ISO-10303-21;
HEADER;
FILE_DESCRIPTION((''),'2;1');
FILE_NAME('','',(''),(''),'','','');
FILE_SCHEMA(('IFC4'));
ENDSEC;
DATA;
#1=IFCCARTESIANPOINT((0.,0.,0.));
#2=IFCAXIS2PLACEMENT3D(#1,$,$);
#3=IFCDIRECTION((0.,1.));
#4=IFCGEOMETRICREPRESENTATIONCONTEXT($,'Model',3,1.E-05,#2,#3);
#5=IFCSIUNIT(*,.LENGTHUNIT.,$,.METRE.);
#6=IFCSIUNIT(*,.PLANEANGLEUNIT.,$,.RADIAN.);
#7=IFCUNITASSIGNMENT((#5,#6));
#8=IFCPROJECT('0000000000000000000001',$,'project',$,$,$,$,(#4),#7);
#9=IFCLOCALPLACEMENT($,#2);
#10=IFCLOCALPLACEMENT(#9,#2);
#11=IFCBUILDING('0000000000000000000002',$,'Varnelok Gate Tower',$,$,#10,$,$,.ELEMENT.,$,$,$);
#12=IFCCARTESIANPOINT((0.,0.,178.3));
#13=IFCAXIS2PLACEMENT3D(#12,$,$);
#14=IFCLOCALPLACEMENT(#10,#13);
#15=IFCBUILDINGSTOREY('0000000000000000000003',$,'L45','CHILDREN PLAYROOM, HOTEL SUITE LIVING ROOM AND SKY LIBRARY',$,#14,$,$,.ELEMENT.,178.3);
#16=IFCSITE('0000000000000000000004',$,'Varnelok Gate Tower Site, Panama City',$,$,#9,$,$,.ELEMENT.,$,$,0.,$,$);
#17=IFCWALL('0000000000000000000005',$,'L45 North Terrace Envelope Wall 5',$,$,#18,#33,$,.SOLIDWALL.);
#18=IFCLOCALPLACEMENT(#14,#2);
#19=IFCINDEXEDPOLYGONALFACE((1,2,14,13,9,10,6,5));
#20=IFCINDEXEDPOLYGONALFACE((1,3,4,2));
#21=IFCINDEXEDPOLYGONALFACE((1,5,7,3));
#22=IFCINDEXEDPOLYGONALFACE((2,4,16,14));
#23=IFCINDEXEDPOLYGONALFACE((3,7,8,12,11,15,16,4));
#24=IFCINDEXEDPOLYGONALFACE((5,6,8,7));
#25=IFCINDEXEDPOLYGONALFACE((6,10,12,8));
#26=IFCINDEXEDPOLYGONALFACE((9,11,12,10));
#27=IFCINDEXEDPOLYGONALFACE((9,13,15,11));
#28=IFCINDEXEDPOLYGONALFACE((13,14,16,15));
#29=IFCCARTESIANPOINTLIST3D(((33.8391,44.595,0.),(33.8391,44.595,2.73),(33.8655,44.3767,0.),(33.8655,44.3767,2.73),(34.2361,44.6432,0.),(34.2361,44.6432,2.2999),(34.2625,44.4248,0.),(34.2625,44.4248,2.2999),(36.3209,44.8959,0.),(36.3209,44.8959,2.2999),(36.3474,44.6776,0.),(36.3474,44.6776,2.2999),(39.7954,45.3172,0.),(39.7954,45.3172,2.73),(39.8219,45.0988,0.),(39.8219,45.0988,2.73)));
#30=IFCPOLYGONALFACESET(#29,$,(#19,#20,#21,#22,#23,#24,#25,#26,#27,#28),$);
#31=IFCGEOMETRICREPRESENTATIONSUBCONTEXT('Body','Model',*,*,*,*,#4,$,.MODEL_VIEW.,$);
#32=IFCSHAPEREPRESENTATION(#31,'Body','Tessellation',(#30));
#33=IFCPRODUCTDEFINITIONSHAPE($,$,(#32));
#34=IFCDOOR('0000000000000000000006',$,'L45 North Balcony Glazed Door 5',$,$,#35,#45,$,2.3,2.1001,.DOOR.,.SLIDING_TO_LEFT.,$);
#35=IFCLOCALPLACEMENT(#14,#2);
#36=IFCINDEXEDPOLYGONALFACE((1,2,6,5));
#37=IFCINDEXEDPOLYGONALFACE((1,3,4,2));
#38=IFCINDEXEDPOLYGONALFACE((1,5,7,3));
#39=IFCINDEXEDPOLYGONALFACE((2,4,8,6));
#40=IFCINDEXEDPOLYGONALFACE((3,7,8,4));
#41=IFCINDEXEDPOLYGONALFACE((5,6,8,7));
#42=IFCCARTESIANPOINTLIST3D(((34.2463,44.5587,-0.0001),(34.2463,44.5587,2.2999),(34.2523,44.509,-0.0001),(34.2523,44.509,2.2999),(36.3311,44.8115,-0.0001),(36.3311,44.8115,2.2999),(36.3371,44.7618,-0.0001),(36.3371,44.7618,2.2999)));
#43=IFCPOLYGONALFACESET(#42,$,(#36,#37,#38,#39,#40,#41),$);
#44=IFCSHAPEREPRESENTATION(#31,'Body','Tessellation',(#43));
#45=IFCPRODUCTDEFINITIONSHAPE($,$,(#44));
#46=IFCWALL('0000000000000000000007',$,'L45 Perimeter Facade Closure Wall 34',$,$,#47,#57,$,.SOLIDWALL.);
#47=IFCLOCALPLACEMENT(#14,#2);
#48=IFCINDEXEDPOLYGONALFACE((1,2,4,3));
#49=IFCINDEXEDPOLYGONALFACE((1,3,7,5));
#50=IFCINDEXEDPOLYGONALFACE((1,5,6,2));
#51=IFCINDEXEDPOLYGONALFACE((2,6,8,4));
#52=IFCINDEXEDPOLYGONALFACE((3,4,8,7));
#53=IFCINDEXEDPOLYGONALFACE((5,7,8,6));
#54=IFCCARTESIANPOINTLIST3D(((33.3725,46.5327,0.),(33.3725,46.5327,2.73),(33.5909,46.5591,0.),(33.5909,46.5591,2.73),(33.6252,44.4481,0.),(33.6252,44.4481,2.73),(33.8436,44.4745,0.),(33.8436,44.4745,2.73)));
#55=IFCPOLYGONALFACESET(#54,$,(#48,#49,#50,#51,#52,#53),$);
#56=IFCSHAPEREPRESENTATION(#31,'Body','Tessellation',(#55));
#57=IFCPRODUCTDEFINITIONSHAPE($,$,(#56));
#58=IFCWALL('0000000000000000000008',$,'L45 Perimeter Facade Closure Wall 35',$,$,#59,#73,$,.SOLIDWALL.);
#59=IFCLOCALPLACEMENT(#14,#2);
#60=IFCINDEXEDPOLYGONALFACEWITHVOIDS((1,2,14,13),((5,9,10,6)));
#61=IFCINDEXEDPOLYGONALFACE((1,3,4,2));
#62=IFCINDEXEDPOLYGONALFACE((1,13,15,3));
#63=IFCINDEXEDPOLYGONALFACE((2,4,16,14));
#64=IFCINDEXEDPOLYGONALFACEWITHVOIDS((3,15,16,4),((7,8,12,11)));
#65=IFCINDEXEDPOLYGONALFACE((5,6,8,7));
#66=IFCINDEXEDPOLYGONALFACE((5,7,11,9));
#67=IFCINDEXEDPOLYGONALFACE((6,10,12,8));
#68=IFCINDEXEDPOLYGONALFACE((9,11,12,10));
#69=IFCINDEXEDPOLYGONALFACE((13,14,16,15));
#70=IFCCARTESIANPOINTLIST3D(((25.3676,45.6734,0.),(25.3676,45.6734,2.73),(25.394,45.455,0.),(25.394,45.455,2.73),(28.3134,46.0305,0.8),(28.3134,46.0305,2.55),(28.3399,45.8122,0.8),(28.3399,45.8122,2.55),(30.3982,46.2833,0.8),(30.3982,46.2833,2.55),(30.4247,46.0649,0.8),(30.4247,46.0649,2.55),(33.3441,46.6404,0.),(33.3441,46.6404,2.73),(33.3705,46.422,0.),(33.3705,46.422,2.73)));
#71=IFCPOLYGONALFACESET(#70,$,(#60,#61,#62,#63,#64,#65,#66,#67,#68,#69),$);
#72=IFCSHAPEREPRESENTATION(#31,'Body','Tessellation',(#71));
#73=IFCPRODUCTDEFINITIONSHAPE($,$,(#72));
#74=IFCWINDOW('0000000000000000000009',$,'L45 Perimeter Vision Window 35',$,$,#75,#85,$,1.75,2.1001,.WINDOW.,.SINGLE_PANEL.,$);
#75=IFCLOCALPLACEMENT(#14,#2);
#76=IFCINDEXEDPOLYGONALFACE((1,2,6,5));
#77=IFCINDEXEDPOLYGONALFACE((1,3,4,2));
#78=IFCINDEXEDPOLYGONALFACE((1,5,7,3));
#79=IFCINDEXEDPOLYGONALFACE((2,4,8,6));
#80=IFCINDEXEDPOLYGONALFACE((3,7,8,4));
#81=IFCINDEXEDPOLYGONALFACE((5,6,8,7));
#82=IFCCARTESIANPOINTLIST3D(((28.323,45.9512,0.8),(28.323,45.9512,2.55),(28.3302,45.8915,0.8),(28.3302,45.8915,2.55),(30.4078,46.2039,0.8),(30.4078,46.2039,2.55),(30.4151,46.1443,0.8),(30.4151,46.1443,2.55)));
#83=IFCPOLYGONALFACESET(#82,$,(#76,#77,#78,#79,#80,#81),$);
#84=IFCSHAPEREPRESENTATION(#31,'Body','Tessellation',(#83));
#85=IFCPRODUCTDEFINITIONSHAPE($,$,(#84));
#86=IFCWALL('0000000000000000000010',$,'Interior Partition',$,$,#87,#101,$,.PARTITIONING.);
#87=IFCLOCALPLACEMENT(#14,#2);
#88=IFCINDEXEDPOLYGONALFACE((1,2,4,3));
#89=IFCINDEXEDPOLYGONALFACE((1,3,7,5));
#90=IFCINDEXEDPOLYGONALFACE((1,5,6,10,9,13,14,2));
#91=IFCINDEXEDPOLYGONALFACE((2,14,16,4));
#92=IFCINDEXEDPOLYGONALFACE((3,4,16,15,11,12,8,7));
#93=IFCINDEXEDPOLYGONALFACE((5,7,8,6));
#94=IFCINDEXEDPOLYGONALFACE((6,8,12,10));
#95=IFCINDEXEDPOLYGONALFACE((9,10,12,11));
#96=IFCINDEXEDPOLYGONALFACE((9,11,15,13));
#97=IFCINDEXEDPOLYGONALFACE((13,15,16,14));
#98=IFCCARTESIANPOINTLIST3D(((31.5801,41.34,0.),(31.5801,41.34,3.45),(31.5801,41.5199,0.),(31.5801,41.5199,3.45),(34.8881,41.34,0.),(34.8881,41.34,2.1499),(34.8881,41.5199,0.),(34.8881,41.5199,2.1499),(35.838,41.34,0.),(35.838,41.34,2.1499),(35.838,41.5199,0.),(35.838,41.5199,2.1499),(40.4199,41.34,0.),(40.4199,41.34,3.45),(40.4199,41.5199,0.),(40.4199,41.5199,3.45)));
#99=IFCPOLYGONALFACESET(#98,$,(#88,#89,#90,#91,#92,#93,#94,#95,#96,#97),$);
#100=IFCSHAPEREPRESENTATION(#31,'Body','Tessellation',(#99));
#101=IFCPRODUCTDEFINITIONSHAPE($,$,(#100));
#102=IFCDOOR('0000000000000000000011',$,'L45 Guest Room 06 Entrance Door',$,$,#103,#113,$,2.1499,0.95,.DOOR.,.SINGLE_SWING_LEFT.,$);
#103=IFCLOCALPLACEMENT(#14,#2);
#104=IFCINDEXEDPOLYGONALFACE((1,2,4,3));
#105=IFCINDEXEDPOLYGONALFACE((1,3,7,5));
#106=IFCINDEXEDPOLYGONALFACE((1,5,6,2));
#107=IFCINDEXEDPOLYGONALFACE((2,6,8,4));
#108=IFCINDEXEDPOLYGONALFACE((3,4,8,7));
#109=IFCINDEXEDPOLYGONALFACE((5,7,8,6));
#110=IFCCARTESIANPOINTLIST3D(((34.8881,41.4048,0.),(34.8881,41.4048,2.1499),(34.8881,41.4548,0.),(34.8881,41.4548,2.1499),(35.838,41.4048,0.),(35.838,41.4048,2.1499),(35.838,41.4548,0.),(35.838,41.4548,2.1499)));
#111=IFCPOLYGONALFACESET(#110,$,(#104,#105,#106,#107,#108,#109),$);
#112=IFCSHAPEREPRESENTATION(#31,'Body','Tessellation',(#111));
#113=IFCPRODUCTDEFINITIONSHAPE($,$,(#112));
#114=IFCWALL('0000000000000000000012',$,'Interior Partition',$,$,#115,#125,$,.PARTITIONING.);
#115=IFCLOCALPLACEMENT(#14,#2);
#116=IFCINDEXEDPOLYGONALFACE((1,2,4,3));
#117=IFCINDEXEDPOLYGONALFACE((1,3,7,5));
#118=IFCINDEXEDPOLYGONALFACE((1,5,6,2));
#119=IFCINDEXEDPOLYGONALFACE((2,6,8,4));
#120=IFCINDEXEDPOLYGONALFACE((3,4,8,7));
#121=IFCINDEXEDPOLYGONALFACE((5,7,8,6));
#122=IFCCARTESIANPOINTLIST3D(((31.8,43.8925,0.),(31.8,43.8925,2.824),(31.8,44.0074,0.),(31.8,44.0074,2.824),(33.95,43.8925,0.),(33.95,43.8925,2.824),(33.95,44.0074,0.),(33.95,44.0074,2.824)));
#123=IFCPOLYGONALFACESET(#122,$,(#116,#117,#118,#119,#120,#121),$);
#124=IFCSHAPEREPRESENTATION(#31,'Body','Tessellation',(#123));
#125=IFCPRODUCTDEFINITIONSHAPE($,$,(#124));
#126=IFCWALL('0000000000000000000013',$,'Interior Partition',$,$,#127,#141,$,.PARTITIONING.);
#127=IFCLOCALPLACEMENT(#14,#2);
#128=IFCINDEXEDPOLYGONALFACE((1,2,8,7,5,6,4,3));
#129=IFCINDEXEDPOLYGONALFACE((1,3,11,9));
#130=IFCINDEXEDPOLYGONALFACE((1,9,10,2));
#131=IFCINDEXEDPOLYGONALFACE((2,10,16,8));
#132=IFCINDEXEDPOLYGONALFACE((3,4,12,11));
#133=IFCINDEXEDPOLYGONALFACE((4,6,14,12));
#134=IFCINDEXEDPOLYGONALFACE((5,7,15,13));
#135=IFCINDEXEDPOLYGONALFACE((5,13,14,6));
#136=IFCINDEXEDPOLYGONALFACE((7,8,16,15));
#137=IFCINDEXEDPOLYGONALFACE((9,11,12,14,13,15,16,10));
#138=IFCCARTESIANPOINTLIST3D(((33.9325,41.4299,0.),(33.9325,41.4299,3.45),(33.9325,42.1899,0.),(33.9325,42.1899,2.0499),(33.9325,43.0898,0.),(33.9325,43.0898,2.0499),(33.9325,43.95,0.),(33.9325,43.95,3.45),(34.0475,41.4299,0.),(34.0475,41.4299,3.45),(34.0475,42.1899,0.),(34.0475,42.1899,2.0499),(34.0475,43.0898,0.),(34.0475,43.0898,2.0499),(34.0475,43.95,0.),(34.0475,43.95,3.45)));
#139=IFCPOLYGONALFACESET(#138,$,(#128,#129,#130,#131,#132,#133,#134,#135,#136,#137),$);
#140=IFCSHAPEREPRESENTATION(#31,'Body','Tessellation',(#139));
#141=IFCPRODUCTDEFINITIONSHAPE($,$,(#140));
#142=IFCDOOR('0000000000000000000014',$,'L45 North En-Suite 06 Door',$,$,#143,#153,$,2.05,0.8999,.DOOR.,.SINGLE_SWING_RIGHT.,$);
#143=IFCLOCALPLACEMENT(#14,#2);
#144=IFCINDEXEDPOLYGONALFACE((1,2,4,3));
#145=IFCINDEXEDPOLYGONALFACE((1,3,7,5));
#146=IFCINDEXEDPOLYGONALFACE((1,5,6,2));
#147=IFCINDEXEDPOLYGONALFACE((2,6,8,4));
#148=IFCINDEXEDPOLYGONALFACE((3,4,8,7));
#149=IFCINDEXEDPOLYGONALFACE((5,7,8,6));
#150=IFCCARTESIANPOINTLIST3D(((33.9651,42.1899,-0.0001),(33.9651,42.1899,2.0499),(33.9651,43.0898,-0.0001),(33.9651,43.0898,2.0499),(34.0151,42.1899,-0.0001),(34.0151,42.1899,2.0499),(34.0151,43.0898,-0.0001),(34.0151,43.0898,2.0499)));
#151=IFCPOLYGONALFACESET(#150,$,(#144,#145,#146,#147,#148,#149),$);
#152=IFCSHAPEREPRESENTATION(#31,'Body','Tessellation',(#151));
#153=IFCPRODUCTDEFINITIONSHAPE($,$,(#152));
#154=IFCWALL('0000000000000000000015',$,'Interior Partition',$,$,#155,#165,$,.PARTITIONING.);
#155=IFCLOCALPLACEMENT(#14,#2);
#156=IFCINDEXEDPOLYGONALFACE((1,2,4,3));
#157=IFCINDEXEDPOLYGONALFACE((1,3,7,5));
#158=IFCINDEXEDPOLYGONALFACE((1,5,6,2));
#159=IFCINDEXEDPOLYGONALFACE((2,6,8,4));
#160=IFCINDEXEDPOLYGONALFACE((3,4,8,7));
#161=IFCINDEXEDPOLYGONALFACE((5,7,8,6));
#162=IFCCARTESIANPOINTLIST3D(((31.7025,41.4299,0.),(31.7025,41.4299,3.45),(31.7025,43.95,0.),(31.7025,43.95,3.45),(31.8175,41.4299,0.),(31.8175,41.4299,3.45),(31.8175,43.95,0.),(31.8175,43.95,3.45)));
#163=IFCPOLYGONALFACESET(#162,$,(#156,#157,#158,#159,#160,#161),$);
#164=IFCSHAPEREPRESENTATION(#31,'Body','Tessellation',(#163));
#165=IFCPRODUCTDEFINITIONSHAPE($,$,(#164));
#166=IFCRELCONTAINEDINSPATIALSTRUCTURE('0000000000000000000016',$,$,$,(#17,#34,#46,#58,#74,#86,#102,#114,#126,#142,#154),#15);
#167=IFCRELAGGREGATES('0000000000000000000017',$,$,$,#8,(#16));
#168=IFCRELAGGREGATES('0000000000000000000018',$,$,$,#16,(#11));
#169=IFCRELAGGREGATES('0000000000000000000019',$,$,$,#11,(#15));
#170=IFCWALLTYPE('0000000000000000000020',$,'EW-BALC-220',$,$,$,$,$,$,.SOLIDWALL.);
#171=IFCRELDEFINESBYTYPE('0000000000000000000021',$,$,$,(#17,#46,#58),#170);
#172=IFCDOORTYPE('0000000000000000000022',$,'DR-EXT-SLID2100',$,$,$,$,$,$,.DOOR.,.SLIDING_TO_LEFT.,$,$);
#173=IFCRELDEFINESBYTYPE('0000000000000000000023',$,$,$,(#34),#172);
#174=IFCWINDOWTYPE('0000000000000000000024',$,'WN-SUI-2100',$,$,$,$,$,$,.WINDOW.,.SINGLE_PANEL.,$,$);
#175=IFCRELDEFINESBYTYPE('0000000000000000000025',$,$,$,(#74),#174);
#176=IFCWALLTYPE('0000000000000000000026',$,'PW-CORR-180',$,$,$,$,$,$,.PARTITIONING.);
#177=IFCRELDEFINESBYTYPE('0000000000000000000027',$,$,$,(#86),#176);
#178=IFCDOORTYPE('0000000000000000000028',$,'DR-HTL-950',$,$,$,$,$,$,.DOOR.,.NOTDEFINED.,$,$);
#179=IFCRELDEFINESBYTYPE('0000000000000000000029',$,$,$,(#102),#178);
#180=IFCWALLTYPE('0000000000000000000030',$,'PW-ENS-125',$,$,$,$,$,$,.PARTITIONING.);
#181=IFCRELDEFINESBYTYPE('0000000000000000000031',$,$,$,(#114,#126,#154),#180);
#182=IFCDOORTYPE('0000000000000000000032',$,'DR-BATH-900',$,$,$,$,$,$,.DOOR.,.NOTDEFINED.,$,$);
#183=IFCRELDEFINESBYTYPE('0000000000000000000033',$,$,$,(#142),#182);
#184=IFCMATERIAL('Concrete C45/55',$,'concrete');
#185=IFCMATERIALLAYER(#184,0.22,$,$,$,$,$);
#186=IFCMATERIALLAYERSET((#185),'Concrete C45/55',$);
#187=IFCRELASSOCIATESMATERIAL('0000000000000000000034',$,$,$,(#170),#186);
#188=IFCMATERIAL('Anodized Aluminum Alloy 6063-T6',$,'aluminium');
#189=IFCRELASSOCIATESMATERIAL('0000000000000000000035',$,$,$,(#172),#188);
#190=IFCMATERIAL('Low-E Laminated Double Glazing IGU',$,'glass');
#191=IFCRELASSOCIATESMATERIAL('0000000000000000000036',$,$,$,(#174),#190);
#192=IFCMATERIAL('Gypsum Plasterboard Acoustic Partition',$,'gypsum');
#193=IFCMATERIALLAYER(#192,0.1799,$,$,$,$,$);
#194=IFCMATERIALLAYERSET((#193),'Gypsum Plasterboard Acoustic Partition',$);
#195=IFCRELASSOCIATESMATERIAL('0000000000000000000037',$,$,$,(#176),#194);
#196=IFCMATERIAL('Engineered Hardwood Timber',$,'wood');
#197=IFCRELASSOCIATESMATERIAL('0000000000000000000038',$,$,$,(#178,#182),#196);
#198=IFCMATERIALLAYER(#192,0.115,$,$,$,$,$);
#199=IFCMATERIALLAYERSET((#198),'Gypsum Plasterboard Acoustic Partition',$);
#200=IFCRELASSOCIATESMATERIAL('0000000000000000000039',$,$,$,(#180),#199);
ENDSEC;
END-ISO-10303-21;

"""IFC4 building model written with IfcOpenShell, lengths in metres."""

from ifc_helpers import new_model, si_unit, direction, frame, frame_2d, origin, place, context, subcontext, project, spatial, rectangle, extrude, material, layer, layer_set, type_object, element, fill, save


model = new_model("IFC4")

# Units and contexts
model_context = context("Model", 3, precision=1e-05, world=origin(), true_north=direction((0.0, 1.0)))
body_context = subcontext(model_context, "Body", "Model", "MODEL_VIEW")
ifc_project = project(units=[si_unit("LENGTHUNIT", "METRE"), si_unit("PLANEANGLEUNIT", "RADIAN")], contexts=[model_context])

# Site, building, storey
site_placement = place(None, origin())
site = spatial("IfcSite", under=ifc_project, at=site_placement, Name="Varnelok Gate Tower Site, Panama City", CompositionType="ELEMENT", RefElevation=0.0)
building_placement = place(site_placement, origin())
building = spatial("IfcBuilding", under=site, at=building_placement, Name="Varnelok Gate Tower", CompositionType="ELEMENT")
storey_placement = place(building_placement, frame((0.0, 0.0, 178.3)))
storey = spatial("IfcBuildingStorey", under=building, at=storey_placement, Name="L45", Description="CHILDREN PLAYROOM, HOTEL SUITE LIVING ROOM AND SKY LIBRARY", CompositionType="ELEMENT", Elevation=178.3)

# Wall, opening, door
ifc_material_1 = material(Name="Concrete C45/55", Category="concrete")
ifc_layer_1 = layer(ifc_material_1, 0.22)
ifc_layer_set_1 = layer_set([ifc_layer_1], Name="Concrete C45/55")
wall_type_1 = type_object("IfcWallType", Name="EW-BALC-220", PredefinedType="SOLIDWALL", material=ifc_layer_set_1)
wall_1_placement = place(storey_placement, frame((33.8523, 44.4858, 0.0), z_axis=(0.0, 0.0, 1.0), x_axis=(0.99273, 0.120363, 0.0)))
wall_1 = element("IfcWall", 1, at=wall_1_placement, inside=storey, type_object=wall_type_1, Name="L45 North Terrace Envelope Wall 5", PredefinedType="SOLIDWALL", context=body_context, shape_type="SweptSolid", body=[
    extrude(rectangle(XDim=6.0, YDim=0.22, at=frame_2d((3.0, 0.0))), origin(), (0.0, 0.0, 1.0), 2.73),
])
opening_1_placement = place(wall_1_placement, frame((0.3999, 0.0, 0.0)))
opening_1 = element("IfcOpeningElement", 2, at=opening_1_placement, cuts=wall_1, PredefinedType="OPENING", context=body_context, shape_type="SweptSolid", body=[
    extrude(rectangle(XDim=2.1001, YDim=2.3, at=frame_2d((1.05, 1.1499))), frame((0.0, 0.1199, 0.0), z_axis=(0.0, -1.0, 0.0), x_axis=(1.0, 0.0, 0.0)), (0.0, 0.0, 1.0), 0.24),
])
ifc_material_2 = material(Name="Anodized Aluminum Alloy 6063-T6", Category="aluminium")
door_type_1 = type_object("IfcDoorType", Name="DR-EXT-SLID2100", OperationType="SLIDING_TO_LEFT", PredefinedType="DOOR", material=ifc_material_2)
door_1_placement = place(opening_1_placement, origin())
door_1 = element("IfcDoor", 3, at=door_1_placement, inside=storey, type_object=door_type_1, Name="L45 North Balcony Glazed Door 5", OperationType="SLIDING_TO_LEFT", OverallHeight=2.3, OverallWidth=2.1001, PredefinedType="DOOR", context=body_context, shape_type="SweptSolid", body=[
    extrude(rectangle(XDim=2.1001, YDim=2.3, at=frame_2d((1.05, 1.1499))), frame((0.0, 0.0249, 0.0), z_axis=(0.0, -1.0, 0.0), x_axis=(1.0, 0.0, 0.0)), (0.0, 0.0, 1.0), 0.05),
])
fill(opening_1, door_1)

# Wall
wall_2_placement = place(storey_placement, frame((33.7344, 44.4614, 0.0), z_axis=(0.0, 0.0, 1.0), x_axis=(-0.120328, 0.992734, 0.0)))
element("IfcWall", 4, at=wall_2_placement, inside=storey, type_object=wall_type_1, Name="L45 Perimeter Facade Closure Wall 34", PredefinedType="SOLIDWALL", context=body_context, shape_type="SweptSolid", body=[
    extrude(rectangle(XDim=2.0999, YDim=0.22, at=frame_2d((1.0498, 0.0))), origin(), (0.0, 0.0, 1.0), 2.73),
])

# Wall, opening, window
wall_3_placement = place(storey_placement, frame((33.3574, 46.5312, 0.0), z_axis=(0.0, 0.0, 1.0), x_axis=(-0.992731, -0.120354, 0.0)))
wall_3 = element("IfcWall", 5, at=wall_3_placement, inside=storey, type_object=wall_type_1, Name="L45 Perimeter Facade Closure Wall 35", PredefinedType="SOLIDWALL", context=body_context, shape_type="SweptSolid", body=[
    extrude(rectangle(XDim=8.0349, YDim=0.22, at=frame_2d((4.0176, 0.0))), origin(), (0.0, 0.0, 1.0), 2.73),
])
opening_2_placement = place(wall_3_placement, frame((2.9675, 0.0, 0.8)))
opening_2 = element("IfcOpeningElement", 6, at=opening_2_placement, cuts=wall_3, PredefinedType="OPENING", context=body_context, shape_type="SweptSolid", body=[
    extrude(rectangle(XDim=2.1001, YDim=1.75, at=frame_2d((1.05, 0.875))), frame((0.0, 0.1199, 0.0), z_axis=(0.0, -1.0, 0.0), x_axis=(1.0, 0.0, 0.0)), (0.0, 0.0, 1.0), 0.24),
])
ifc_material_3 = material(Name="Low-E Laminated Double Glazing IGU", Category="glass")
window_type = type_object("IfcWindowType", Name="WN-SUI-2100", PartitioningType="SINGLE_PANEL", PredefinedType="WINDOW", material=ifc_material_3)
window_placement = place(opening_2_placement, origin())
window = element("IfcWindow", 7, at=window_placement, inside=storey, type_object=window_type, Name="L45 Perimeter Vision Window 35", OverallHeight=1.75, OverallWidth=2.1001, PartitioningType="SINGLE_PANEL", PredefinedType="WINDOW", context=body_context, shape_type="SweptSolid", body=[
    extrude(rectangle(XDim=2.1001, YDim=1.75, at=frame_2d((1.05, 0.875))), frame((0.0, 0.03, 0.0), z_axis=(0.0, -1.0, 0.0), x_axis=(1.0, 0.0, 0.0)), (0.0, 0.0, 1.0), 0.0601),
])
fill(opening_2, window)

# Wall, opening, door
ifc_material_4 = material(Name="Gypsum Plasterboard Acoustic Partition", Category="gypsum")
ifc_layer_2 = layer(ifc_material_4, 0.1799)
ifc_layer_set_2 = layer_set([ifc_layer_2], Name="Gypsum Plasterboard Acoustic Partition")
wall_type_2 = type_object("IfcWallType", Name="PW-CORR-180", PredefinedType="PARTITIONING", material=ifc_layer_set_2)
wall_4_placement = place(storey_placement, frame((31.5801, 41.4299, 0.0), z_axis=(0.0, 0.0, 1.0), x_axis=(1.0, 0.0, 0.0)))
wall_4 = element("IfcWall", 8, at=wall_4_placement, inside=storey, type_object=wall_type_2, Name="Interior Partition", PredefinedType="PARTITIONING", context=body_context, shape_type="SweptSolid", body=[
    extrude(rectangle(XDim=8.8398, YDim=0.1799, at=frame_2d((4.4199, 0.0))), origin(), (0.0, 0.0, 1.0), 3.45),
])
opening_3_placement = place(wall_4_placement, frame((3.3079, 0.0, 0.0)))
opening_3 = element("IfcOpeningElement", 9, at=opening_3_placement, cuts=wall_4, PredefinedType="OPENING", context=body_context, shape_type="SweptSolid", body=[
    extrude(rectangle(XDim=0.95, YDim=2.1499, at=frame_2d((0.4751, 1.075))), frame((0.0, 0.0999, 0.0), z_axis=(0.0, -1.0, 0.0), x_axis=(1.0, 0.0, 0.0)), (0.0, 0.0, 1.0), 0.2),
])
ifc_material_5 = material(Name="Engineered Hardwood Timber", Category="wood")
door_type_2 = type_object("IfcDoorType", Name="DR-HTL-950", OperationType="NOTDEFINED", PredefinedType="DOOR", material=ifc_material_5)
door_2_placement = place(opening_3_placement, origin())
door_2 = element("IfcDoor", 10, at=door_2_placement, inside=storey, type_object=door_type_2, Name="L45 Guest Room 06 Entrance Door", OperationType="SINGLE_SWING_LEFT", OverallHeight=2.1499, OverallWidth=0.95, PredefinedType="DOOR", context=body_context, shape_type="SweptSolid", body=[
    extrude(rectangle(XDim=0.95, YDim=2.1499, at=frame_2d((0.4751, 1.075))), frame((0.0, 0.0249, 0.0), z_axis=(0.0, -1.0, 0.0), x_axis=(1.0, 0.0, 0.0)), (0.0, 0.0, 1.0), 0.05),
])
fill(opening_3, door_2)

# Wall
ifc_layer_3 = layer(ifc_material_4, 0.115)
ifc_layer_set_3 = layer_set([ifc_layer_3], Name="Gypsum Plasterboard Acoustic Partition")
wall_type_3 = type_object("IfcWallType", Name="PW-ENS-125", PredefinedType="PARTITIONING", material=ifc_layer_set_3)
wall_5_placement = place(storey_placement, frame((31.8, 43.95, 0.0), z_axis=(0.0, 0.0, 1.0), x_axis=(1.0, 0.0, 0.0)))
element("IfcWall", 11, at=wall_5_placement, inside=storey, type_object=wall_type_3, Name="Interior Partition", PredefinedType="PARTITIONING", context=body_context, shape_type="SweptSolid", body=[
    extrude(rectangle(XDim=2.1499, YDim=0.115, at=frame_2d((1.075, 0.0))), origin(), (0.0, 0.0, 1.0), 2.824),
])

# Wall, opening, door
wall_6_placement = place(storey_placement, frame((33.99, 41.4299, 0.0), z_axis=(0.0, 0.0, 1.0), x_axis=(0.0, 1.0, 0.0)))
wall_6 = element("IfcWall", 12, at=wall_6_placement, inside=storey, type_object=wall_type_3, Name="Interior Partition", PredefinedType="PARTITIONING", context=body_context, shape_type="SweptSolid", body=[
    extrude(rectangle(XDim=2.52, YDim=0.115, at=frame_2d((1.26, 0.0))), origin(), (0.0, 0.0, 1.0), 3.45),
])
opening_4_placement = place(wall_6_placement, frame((0.76, 0.0, 0.0)))
opening_4 = element("IfcOpeningElement", 13, at=opening_4_placement, cuts=wall_6, PredefinedType="OPENING", context=body_context, shape_type="SweptSolid", body=[
    extrude(rectangle(XDim=0.8999, YDim=2.05, at=frame_2d((0.45, 1.0249))), frame((0.0, 0.0674, 0.0), z_axis=(0.0, -1.0, 0.0), x_axis=(1.0, 0.0, 0.0)), (0.0, 0.0, 1.0), 0.135),
])
door_type_3 = type_object("IfcDoorType", Name="DR-BATH-900", OperationType="NOTDEFINED", PredefinedType="DOOR", material=ifc_material_5)
door_3_placement = place(opening_4_placement, origin())
door_3 = element("IfcDoor", 14, at=door_3_placement, inside=storey, type_object=door_type_3, Name="L45 North En-Suite 06 Door", OperationType="SINGLE_SWING_RIGHT", OverallHeight=2.05, OverallWidth=0.8999, PredefinedType="DOOR", context=body_context, shape_type="SweptSolid", body=[
    extrude(rectangle(XDim=0.8999, YDim=2.05, at=frame_2d((0.45, 1.0249))), frame((0.0, 0.0249, 0.0), z_axis=(0.0, -1.0, 0.0), x_axis=(1.0, 0.0, 0.0)), (0.0, 0.0, 1.0), 0.05),
])
fill(opening_4, door_3)

# Wall
wall_7_placement = place(storey_placement, frame((31.76, 41.4299, 0.0), z_axis=(0.0, 0.0, 1.0), x_axis=(0.0, 1.0, 0.0)))
element("IfcWall", 15, at=wall_7_placement, inside=storey, type_object=wall_type_3, Name="Interior Partition", PredefinedType="PARTITIONING", context=body_context, shape_type="SweptSolid", body=[
    extrude(rectangle(XDim=2.52, YDim=0.115, at=frame_2d((1.26, 0.0))), origin(), (0.0, 0.0, 1.0), 3.45),
])

save(model, "model.ifc")
